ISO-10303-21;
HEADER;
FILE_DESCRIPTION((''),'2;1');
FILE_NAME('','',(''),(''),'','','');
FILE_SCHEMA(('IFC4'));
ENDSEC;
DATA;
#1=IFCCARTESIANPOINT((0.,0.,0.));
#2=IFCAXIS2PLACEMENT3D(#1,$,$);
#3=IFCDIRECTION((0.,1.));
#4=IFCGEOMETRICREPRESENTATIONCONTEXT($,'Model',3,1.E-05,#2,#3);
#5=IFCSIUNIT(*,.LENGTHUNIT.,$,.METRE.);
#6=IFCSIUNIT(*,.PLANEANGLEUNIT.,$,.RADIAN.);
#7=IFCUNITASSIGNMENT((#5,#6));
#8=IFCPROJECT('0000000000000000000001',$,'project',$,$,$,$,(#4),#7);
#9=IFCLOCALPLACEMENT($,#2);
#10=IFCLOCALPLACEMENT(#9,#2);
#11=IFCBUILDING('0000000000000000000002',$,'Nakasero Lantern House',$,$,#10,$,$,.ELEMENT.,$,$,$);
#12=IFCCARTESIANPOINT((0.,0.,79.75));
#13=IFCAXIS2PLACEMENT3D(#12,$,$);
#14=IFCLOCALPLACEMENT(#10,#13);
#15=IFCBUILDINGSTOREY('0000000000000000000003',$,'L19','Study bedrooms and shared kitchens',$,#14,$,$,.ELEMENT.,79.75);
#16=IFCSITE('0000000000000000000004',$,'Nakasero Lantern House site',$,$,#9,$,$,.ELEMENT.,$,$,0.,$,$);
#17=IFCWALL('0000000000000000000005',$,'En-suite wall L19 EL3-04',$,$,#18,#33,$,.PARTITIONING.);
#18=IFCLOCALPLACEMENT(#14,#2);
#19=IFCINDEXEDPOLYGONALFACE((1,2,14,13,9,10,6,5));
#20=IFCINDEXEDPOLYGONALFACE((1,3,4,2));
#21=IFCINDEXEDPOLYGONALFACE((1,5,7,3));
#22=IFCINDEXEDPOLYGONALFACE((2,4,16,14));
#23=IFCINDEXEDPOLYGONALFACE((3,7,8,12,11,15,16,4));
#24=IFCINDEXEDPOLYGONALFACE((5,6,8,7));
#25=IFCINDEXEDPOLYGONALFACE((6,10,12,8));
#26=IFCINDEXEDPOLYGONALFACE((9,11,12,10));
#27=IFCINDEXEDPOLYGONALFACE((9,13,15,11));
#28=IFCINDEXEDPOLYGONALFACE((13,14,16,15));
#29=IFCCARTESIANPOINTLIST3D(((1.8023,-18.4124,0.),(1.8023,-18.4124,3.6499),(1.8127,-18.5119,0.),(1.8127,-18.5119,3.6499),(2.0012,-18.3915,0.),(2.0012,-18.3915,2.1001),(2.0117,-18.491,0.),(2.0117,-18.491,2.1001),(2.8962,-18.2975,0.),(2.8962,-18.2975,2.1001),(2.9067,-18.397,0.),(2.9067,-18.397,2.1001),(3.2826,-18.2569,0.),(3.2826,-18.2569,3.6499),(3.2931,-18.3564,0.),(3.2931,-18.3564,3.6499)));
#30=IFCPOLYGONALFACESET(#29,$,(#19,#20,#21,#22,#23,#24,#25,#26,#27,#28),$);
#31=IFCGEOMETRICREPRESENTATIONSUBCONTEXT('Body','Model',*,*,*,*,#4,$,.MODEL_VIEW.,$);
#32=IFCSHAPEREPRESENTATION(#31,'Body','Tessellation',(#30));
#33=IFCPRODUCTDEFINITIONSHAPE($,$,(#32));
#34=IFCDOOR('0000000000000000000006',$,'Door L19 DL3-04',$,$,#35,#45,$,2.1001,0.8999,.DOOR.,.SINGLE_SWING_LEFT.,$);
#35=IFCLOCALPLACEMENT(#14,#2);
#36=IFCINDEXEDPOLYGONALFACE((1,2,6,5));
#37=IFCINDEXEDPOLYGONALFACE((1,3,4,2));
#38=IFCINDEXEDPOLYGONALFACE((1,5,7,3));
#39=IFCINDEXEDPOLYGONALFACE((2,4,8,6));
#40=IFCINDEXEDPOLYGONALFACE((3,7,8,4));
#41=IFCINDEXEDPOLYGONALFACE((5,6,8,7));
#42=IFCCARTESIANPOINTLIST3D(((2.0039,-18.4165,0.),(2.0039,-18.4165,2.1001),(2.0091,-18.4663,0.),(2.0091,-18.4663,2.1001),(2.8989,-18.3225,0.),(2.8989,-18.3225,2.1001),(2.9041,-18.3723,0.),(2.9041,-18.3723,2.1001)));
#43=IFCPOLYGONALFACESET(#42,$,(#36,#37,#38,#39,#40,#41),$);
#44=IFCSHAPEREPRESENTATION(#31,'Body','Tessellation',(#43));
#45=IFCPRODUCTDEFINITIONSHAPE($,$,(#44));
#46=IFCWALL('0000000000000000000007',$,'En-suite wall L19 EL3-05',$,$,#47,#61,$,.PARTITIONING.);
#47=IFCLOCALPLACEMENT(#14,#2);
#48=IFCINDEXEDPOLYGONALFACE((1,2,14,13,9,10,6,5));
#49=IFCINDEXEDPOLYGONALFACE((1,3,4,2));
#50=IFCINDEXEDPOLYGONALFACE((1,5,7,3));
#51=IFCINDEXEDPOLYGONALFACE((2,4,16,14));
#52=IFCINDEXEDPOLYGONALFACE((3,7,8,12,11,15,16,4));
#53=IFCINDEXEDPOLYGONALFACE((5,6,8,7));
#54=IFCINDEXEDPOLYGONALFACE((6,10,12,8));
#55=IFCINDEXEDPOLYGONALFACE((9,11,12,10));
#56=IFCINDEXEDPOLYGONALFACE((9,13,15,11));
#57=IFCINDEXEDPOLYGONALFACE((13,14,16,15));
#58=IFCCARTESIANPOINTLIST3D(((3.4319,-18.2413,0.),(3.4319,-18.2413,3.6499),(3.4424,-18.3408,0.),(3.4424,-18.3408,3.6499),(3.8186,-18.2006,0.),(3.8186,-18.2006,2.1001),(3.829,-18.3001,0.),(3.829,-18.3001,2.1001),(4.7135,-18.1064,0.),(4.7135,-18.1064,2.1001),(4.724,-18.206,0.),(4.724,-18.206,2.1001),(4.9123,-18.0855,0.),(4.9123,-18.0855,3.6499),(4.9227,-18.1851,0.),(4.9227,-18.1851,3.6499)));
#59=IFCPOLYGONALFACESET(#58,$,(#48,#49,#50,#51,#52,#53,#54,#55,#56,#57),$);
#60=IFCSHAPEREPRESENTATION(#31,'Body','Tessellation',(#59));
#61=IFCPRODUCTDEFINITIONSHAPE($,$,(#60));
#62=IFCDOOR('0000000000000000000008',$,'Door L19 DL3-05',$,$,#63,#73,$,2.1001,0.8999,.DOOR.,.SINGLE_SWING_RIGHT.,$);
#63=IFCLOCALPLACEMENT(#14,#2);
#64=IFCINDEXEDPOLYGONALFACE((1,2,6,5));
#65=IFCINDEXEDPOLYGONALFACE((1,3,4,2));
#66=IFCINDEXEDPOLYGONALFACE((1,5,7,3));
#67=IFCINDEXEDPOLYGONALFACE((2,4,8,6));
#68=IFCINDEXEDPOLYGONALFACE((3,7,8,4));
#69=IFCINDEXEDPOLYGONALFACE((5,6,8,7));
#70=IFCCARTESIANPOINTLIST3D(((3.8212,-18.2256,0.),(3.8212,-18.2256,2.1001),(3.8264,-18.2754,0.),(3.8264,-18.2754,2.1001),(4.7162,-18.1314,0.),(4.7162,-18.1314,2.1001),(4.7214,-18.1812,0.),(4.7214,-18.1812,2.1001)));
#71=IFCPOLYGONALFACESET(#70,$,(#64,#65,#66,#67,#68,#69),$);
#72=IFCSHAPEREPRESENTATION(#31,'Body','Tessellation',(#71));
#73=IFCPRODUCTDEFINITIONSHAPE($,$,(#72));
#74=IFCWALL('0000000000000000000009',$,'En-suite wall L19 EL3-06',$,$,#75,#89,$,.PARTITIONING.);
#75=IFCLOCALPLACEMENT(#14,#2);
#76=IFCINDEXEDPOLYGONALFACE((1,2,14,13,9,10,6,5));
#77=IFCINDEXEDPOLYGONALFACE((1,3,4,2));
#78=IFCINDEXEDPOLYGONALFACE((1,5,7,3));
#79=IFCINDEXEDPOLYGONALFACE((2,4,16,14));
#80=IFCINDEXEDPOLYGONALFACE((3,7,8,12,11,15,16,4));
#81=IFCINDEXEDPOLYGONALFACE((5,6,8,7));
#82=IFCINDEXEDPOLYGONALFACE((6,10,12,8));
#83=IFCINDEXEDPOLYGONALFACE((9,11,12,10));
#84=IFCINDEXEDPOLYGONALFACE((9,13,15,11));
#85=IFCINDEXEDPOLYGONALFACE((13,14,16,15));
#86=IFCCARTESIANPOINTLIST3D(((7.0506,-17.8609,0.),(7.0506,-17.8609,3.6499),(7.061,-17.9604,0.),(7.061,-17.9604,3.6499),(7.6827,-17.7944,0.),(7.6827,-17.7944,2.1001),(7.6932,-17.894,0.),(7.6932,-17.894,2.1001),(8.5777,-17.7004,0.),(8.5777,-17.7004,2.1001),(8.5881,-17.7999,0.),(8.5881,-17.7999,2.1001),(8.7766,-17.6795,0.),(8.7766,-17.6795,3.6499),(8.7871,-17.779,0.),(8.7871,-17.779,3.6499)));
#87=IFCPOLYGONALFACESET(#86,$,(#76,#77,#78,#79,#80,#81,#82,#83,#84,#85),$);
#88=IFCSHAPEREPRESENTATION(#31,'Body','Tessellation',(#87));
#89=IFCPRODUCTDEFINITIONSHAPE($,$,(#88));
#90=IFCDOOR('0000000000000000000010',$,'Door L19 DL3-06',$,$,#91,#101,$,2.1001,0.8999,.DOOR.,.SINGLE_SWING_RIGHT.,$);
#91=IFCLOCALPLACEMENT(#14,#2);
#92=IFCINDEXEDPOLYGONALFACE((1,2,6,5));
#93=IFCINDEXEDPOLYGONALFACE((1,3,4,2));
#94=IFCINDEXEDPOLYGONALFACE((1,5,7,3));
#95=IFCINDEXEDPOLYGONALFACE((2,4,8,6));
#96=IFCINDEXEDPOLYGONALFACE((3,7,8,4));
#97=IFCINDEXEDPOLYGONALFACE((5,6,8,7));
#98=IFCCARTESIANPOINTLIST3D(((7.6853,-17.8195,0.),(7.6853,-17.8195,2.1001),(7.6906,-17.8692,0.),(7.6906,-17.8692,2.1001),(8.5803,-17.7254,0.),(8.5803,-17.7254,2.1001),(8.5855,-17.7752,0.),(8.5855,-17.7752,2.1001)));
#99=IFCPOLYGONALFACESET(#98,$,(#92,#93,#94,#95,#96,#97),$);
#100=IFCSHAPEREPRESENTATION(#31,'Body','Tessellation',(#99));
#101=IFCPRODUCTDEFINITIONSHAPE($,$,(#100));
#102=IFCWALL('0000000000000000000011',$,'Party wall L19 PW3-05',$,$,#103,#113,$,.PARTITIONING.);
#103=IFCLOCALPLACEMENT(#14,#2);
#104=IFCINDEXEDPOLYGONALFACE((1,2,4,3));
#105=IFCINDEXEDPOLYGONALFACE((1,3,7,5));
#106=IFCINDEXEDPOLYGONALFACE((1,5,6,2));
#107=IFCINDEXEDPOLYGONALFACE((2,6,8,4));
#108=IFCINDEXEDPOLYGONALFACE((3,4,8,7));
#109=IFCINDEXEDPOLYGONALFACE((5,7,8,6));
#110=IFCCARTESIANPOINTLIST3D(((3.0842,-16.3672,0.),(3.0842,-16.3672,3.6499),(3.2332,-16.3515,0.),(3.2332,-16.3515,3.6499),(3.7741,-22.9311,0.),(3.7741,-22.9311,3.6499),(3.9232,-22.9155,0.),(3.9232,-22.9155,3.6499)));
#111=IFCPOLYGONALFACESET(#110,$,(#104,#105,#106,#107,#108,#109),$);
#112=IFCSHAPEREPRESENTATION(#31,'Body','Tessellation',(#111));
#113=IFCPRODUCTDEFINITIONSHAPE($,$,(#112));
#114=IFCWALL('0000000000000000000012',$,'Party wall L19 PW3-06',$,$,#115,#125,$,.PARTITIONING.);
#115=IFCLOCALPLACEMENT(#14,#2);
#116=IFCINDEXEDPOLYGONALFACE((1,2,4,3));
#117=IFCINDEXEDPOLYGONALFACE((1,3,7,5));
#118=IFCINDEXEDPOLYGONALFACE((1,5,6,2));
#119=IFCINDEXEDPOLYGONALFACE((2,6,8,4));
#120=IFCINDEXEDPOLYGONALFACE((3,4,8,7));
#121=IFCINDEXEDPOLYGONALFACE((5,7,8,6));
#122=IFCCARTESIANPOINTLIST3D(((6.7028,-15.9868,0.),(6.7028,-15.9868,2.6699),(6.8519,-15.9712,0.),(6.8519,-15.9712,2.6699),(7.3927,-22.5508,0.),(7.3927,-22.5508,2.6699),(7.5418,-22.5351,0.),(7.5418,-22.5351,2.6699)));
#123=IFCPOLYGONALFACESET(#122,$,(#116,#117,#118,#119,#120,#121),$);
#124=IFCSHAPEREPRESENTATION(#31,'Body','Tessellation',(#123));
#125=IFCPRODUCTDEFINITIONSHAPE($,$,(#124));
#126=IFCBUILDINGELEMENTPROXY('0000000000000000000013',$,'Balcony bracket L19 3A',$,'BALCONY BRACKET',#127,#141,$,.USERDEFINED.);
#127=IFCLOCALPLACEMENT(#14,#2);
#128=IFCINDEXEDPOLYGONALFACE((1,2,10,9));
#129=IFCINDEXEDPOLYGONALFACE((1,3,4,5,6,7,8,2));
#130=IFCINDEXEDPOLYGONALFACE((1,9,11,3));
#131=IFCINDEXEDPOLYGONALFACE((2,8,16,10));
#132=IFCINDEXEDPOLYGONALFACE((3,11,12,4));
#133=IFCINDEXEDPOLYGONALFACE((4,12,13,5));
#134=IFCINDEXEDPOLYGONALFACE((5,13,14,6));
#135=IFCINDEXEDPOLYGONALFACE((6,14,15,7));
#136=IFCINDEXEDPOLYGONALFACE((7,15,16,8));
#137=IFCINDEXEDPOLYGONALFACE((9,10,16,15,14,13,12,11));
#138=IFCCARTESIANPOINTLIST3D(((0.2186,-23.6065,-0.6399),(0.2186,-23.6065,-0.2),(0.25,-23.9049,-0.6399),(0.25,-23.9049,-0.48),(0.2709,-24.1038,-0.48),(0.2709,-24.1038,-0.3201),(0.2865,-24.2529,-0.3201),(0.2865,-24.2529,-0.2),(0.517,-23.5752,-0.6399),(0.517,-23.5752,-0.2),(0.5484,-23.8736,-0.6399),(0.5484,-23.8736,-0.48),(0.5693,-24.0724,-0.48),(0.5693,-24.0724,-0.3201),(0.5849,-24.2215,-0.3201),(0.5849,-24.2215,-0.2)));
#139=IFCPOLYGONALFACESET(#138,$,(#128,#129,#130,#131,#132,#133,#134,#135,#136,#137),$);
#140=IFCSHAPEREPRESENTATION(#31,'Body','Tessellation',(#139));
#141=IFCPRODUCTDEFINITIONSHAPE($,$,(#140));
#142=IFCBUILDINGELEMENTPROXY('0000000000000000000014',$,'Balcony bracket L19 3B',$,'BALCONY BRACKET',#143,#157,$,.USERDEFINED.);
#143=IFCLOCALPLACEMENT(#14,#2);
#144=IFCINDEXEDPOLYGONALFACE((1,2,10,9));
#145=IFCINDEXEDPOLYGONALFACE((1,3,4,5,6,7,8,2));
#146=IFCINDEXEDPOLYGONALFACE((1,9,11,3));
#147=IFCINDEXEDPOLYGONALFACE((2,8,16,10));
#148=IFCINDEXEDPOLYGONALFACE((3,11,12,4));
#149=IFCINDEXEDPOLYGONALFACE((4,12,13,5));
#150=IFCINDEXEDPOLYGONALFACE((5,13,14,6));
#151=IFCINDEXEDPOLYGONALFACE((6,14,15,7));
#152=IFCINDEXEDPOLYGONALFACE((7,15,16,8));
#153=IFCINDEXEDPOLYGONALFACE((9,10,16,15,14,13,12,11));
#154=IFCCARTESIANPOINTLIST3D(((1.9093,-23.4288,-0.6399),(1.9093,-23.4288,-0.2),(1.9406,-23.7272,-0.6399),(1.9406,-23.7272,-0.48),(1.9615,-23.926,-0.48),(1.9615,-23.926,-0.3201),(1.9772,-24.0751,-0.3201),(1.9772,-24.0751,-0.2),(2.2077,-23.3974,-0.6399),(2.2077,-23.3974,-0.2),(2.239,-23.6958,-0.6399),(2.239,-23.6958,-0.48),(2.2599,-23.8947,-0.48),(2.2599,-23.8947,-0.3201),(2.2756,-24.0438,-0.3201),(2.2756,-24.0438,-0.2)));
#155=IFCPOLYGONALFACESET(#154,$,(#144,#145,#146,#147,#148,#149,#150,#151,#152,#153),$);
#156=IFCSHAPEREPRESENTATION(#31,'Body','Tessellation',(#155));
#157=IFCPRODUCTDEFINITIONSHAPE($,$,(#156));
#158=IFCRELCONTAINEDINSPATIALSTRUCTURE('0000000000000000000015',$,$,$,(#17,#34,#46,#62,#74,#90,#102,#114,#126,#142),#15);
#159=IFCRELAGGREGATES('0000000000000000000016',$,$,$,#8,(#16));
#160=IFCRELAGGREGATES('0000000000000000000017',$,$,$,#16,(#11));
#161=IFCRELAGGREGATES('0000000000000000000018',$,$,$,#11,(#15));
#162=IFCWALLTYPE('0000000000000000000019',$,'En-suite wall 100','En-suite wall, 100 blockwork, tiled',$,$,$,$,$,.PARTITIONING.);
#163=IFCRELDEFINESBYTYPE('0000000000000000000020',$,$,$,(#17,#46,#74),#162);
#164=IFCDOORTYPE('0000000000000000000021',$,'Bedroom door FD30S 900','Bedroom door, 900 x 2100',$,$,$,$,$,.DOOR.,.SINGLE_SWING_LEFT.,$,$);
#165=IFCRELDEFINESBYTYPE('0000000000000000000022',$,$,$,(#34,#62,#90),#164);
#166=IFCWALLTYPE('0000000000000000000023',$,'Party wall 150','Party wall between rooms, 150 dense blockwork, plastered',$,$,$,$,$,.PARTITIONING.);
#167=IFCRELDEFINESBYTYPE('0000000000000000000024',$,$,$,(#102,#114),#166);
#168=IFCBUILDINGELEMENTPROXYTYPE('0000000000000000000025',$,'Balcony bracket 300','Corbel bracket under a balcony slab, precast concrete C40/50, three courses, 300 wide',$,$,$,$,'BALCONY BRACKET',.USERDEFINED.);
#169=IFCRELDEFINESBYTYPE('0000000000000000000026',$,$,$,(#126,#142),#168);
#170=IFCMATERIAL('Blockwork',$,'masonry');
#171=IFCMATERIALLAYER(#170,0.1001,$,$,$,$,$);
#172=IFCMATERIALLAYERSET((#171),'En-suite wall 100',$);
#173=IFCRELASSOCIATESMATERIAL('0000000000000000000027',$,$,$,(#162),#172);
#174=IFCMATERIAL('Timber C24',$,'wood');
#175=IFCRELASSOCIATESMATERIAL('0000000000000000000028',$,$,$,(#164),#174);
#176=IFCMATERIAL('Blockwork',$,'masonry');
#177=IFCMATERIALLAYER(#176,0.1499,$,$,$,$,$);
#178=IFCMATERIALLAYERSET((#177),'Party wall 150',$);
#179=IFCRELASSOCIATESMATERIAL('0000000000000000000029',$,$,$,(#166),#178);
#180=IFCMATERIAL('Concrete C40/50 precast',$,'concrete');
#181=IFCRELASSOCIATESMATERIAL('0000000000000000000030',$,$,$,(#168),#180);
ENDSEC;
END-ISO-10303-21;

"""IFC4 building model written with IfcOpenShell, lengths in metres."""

from ifc_helpers import new_model, si_unit, direction, frame, frame_2d, origin, place, context, subcontext, project, spatial, polyline, rectangle, outline, extrude, material, layer, layer_set, type_object, element, fill, save


model = new_model("IFC4")

# Units and contexts
model_context = context("Model", 3, precision=1e-05, world=origin(), true_north=direction((0.0, 1.0)))
body_context = subcontext(model_context, "Body", "Model", "MODEL_VIEW")
ifc_project = project(units=[si_unit("LENGTHUNIT", "METRE"), si_unit("PLANEANGLEUNIT", "RADIAN")], contexts=[model_context])

# Site, building, storey
site_placement = place(None, origin())
site = spatial("IfcSite", under=ifc_project, at=site_placement, Name="Nakasero Lantern House site", CompositionType="ELEMENT", RefElevation=0.0)
building_placement = place(site_placement, origin())
building = spatial("IfcBuilding", under=site, at=building_placement, Name="Nakasero Lantern House", CompositionType="ELEMENT")
storey_placement = place(building_placement, frame((0.0, 0.0, 79.75)))
storey = spatial("IfcBuildingStorey", under=building, at=storey_placement, Name="L19", Description="Study bedrooms and shared kitchens", CompositionType="ELEMENT", Elevation=79.75)

# Shared definitions
ifc_material_1 = material(Name="Blockwork", Category="masonry")
ifc_layer_1 = layer(ifc_material_1, 0.1001)
ifc_layer_set_1 = layer_set([ifc_layer_1], Name="En-suite wall 100")
wall_type_1 = type_object("IfcWallType", Name="En-suite wall 100", Description="En-suite wall, 100 blockwork, tiled", PredefinedType="PARTITIONING", material=ifc_layer_set_1)

# Walls, openings, doors
wall_1_placement = place(storey_placement, frame((1.8076, -18.4622, 0.0), z_axis=(0.0, 0.0, 1.0), x_axis=(0.994528, 0.104471, 0.0)))
wall_1 = element("IfcWall", 1, at=wall_1_placement, inside=storey, type_object=wall_type_1, Name="En-suite wall L19 EL3-04", PredefinedType="PARTITIONING", context=body_context, shape_type="SweptSolid", body=[
    extrude(rectangle(XDim=1.4885, YDim=0.1001, at=frame_2d((0.7441, 0.0))), origin(), (0.0, 0.0, 1.0), 3.6499),
])
opening_1_placement = place(wall_1_placement, frame((0.2, 0.0, 0.0)))
opening_1 = element("IfcOpeningElement", 2, at=opening_1_placement, cuts=wall_1, PredefinedType="OPENING", context=body_context, shape_type="SweptSolid", body=[
    extrude(rectangle(XDim=0.8999, YDim=2.1001, at=frame_2d((0.45, 1.05))), frame((0.0, 0.0701, 0.0), z_axis=(0.0, -1.0, 0.0), x_axis=(1.0, 0.0, 0.0)), (0.0, 0.0, 1.0), 0.1401),
])
ifc_material_2 = material(Name="Timber C24", Category="wood")
door_type_1 = type_object("IfcDoorType", Name="Bedroom door FD30S 900", Description="Bedroom door, 900 x 2100", OperationType="SINGLE_SWING_LEFT", PredefinedType="DOOR", material=ifc_material_2)
door_1_placement = place(opening_1_placement, origin())
door_1 = element("IfcDoor", 3, at=door_1_placement, inside=storey, type_object=door_type_1, Name="Door L19 DL3-04", OperationType="SINGLE_SWING_LEFT", OverallHeight=2.1001, OverallWidth=0.8999, PredefinedType="DOOR", context=body_context, shape_type="SweptSolid", body=[
    extrude(rectangle(XDim=0.8999, YDim=2.1001, at=frame_2d((0.45, 1.05))), frame((0.0, 0.0249, 0.0), z_axis=(0.0, -1.0, 0.0), x_axis=(1.0, 0.0, 0.0)), (0.0, 0.0, 1.0), 0.05),
])
fill(opening_1, door_1)
wall_2_placement = place(storey_placement, frame((3.4373, -18.291, 0.0), z_axis=(0.0, 0.0, 1.0), x_axis=(0.994511, 0.104634, 0.0)))
wall_2 = element("IfcWall", 4, at=wall_2_placement, inside=storey, type_object=wall_type_1, Name="En-suite wall L19 EL3-05", PredefinedType="PARTITIONING", context=body_context, shape_type="SweptSolid", body=[
    extrude(rectangle(XDim=1.4885, YDim=0.1001, at=frame_2d((0.7441, 0.0))), origin(), (0.0, 0.0, 1.0), 3.6499),
])
opening_2_placement = place(wall_2_placement, frame((0.3887, 0.0, 0.0)))
opening_2 = element("IfcOpeningElement", 5, at=opening_2_placement, cuts=wall_2, PredefinedType="OPENING", context=body_context, shape_type="SweptSolid", body=[
    extrude(rectangle(XDim=0.8999, YDim=2.1001, at=frame_2d((0.45, 1.05))), frame((0.0, 0.0701, 0.0), z_axis=(0.0, -1.0, 0.0), x_axis=(1.0, 0.0, 0.0)), (0.0, 0.0, 1.0), 0.1401),
])
door_2_placement = place(opening_2_placement, origin())
door_2 = element("IfcDoor", 6, at=door_2_placement, inside=storey, type_object=door_type_1, Name="Door L19 DL3-05", OperationType="SINGLE_SWING_RIGHT", OverallHeight=2.1001, OverallWidth=0.8999, PredefinedType="DOOR", context=body_context, shape_type="SweptSolid", body=[
    extrude(rectangle(XDim=0.8999, YDim=2.1001, at=frame_2d((0.45, 1.05))), frame((0.0, 0.0249, 0.0), z_axis=(0.0, -1.0, 0.0), x_axis=(1.0, 0.0, 0.0)), (0.0, 0.0, 1.0), 0.05),
])
fill(opening_2, door_2)
wall_3_placement = place(storey_placement, frame((7.0559, -17.9106, 0.0), z_axis=(0.0, 0.0, 1.0), x_axis=(0.994523, 0.104516, 0.0)))
wall_3 = element("IfcWall", 7, at=wall_3_placement, inside=storey, type_object=wall_type_1, Name="En-suite wall L19 EL3-06", PredefinedType="PARTITIONING", context=body_context, shape_type="SweptSolid", body=[
    extrude(rectangle(XDim=1.7356, YDim=0.1001, at=frame_2d((0.8677, 0.0))), origin(), (0.0, 0.0, 1.0), 3.6499),
])
opening_3_placement = place(wall_3_placement, frame((0.6355, 0.0, 0.0)))
opening_3 = element("IfcOpeningElement", 8, at=opening_3_placement, cuts=wall_3, PredefinedType="OPENING", context=body_context, shape_type="SweptSolid", body=[
    extrude(rectangle(XDim=0.8999, YDim=2.1001, at=frame_2d((0.45, 1.05))), frame((0.0, 0.0701, 0.0), z_axis=(0.0, -1.0, 0.0), x_axis=(1.0, 0.0, 0.0)), (0.0, 0.0, 1.0), 0.1401),
])
door_3_placement = place(opening_3_placement, origin())
door_3 = element("IfcDoor", 9, at=door_3_placement, inside=storey, type_object=door_type_1, Name="Door L19 DL3-06", OperationType="SINGLE_SWING_RIGHT", OverallHeight=2.1001, OverallWidth=0.8999, PredefinedType="DOOR", context=body_context, shape_type="SweptSolid", body=[
    extrude(rectangle(XDim=0.8999, YDim=2.1001, at=frame_2d((0.45, 1.05))), frame((0.0, 0.0249, 0.0), z_axis=(0.0, -1.0, 0.0), x_axis=(1.0, 0.0, 0.0)), (0.0, 0.0, 1.0), 0.05),
])
fill(opening_3, door_3)

# Walls
ifc_material_3 = material(Name="Blockwork", Category="masonry")
ifc_layer_2 = layer(ifc_material_3, 0.1499)
ifc_layer_set_2 = layer_set([ifc_layer_2], Name="Party wall 150")
wall_type_2 = type_object("IfcWallType", Name="Party wall 150", Description="Party wall between rooms, 150 dense blockwork, plastered", PredefinedType="PARTITIONING", material=ifc_layer_set_2)
wall_4_placement = place(storey_placement, frame((3.1587, -16.3594, 0.0), z_axis=(0.0, 0.0, 1.0), x_axis=(0.104535, -0.994521, 0.0)))
element("IfcWall", 10, at=wall_4_placement, inside=storey, type_object=wall_type_2, Name="Party wall L19 PW3-05", PredefinedType="PARTITIONING", context=body_context, shape_type="SweptSolid", body=[
    extrude(rectangle(XDim=6.6001, YDim=0.1499, at=frame_2d((3.3, 0.0))), origin(), (0.0, 0.0, 1.0), 3.6499),
])
wall_5_placement = place(storey_placement, frame((6.7773, -15.979, 0.0), z_axis=(0.0, 0.0, 1.0), x_axis=(0.104535, -0.994521, 0.0)))
element("IfcWall", 11, at=wall_5_placement, inside=storey, type_object=wall_type_2, Name="Party wall L19 PW3-06", PredefinedType="PARTITIONING", context=body_context, shape_type="SweptSolid", body=[
    extrude(rectangle(XDim=6.6001, YDim=0.1499, at=frame_2d((3.3, 0.0))), origin(), (0.0, 0.0, 1.0), 2.6699),
])

# Building element proxies
ifc_material_4 = material(Name="Concrete C40/50 precast", Category="concrete")
building_element_proxy_type = type_object("IfcBuildingElementProxyType", Name="Balcony bracket 300", Description="Corbel bracket under a balcony slab, precast concrete C40/50, three courses, 300 wide", ElementType="BALCONY BRACKET", PredefinedType="USERDEFINED", material=ifc_material_4)
for number, where, z_axis, x_axis, name in (
    (12, (0.3679, -23.5908, -0.2), (0.0, 0.0, 1.0), (0.104528, -0.994522, 0.0), "Balcony bracket L19 3A"),
    (13, (2.0586, -23.4131, -0.2), (0.0, 0.0, 1.0), (0.104528, -0.994522, 0.0), "Balcony bracket L19 3B"),
):
    element("IfcBuildingElementProxy", number, at=place(storey_placement, frame(where, z_axis=z_axis, x_axis=x_axis)), inside=storey, type_object=building_element_proxy_type, Name=name, ObjectType="BALCONY BRACKET", PredefinedType="USERDEFINED", context=body_context, shape_type="SweptSolid", body=[
        extrude(outline(polyline([(0.0, 0.0), (0.6499, 0.0), (0.6499, -0.1201), (0.5, -0.1201), (0.5, -0.28), (0.3, -0.28), (0.3, -0.4399), (0.0, -0.4399), (0.0, 0.0)])), frame((0.0, 0.1499, 0.0), z_axis=(0.0, -1.0, 0.0), x_axis=(1.0, 0.0, 0.0)), (0.0, 0.0, 1.0), 0.3),
    ])

save(model, "model.ifc")
